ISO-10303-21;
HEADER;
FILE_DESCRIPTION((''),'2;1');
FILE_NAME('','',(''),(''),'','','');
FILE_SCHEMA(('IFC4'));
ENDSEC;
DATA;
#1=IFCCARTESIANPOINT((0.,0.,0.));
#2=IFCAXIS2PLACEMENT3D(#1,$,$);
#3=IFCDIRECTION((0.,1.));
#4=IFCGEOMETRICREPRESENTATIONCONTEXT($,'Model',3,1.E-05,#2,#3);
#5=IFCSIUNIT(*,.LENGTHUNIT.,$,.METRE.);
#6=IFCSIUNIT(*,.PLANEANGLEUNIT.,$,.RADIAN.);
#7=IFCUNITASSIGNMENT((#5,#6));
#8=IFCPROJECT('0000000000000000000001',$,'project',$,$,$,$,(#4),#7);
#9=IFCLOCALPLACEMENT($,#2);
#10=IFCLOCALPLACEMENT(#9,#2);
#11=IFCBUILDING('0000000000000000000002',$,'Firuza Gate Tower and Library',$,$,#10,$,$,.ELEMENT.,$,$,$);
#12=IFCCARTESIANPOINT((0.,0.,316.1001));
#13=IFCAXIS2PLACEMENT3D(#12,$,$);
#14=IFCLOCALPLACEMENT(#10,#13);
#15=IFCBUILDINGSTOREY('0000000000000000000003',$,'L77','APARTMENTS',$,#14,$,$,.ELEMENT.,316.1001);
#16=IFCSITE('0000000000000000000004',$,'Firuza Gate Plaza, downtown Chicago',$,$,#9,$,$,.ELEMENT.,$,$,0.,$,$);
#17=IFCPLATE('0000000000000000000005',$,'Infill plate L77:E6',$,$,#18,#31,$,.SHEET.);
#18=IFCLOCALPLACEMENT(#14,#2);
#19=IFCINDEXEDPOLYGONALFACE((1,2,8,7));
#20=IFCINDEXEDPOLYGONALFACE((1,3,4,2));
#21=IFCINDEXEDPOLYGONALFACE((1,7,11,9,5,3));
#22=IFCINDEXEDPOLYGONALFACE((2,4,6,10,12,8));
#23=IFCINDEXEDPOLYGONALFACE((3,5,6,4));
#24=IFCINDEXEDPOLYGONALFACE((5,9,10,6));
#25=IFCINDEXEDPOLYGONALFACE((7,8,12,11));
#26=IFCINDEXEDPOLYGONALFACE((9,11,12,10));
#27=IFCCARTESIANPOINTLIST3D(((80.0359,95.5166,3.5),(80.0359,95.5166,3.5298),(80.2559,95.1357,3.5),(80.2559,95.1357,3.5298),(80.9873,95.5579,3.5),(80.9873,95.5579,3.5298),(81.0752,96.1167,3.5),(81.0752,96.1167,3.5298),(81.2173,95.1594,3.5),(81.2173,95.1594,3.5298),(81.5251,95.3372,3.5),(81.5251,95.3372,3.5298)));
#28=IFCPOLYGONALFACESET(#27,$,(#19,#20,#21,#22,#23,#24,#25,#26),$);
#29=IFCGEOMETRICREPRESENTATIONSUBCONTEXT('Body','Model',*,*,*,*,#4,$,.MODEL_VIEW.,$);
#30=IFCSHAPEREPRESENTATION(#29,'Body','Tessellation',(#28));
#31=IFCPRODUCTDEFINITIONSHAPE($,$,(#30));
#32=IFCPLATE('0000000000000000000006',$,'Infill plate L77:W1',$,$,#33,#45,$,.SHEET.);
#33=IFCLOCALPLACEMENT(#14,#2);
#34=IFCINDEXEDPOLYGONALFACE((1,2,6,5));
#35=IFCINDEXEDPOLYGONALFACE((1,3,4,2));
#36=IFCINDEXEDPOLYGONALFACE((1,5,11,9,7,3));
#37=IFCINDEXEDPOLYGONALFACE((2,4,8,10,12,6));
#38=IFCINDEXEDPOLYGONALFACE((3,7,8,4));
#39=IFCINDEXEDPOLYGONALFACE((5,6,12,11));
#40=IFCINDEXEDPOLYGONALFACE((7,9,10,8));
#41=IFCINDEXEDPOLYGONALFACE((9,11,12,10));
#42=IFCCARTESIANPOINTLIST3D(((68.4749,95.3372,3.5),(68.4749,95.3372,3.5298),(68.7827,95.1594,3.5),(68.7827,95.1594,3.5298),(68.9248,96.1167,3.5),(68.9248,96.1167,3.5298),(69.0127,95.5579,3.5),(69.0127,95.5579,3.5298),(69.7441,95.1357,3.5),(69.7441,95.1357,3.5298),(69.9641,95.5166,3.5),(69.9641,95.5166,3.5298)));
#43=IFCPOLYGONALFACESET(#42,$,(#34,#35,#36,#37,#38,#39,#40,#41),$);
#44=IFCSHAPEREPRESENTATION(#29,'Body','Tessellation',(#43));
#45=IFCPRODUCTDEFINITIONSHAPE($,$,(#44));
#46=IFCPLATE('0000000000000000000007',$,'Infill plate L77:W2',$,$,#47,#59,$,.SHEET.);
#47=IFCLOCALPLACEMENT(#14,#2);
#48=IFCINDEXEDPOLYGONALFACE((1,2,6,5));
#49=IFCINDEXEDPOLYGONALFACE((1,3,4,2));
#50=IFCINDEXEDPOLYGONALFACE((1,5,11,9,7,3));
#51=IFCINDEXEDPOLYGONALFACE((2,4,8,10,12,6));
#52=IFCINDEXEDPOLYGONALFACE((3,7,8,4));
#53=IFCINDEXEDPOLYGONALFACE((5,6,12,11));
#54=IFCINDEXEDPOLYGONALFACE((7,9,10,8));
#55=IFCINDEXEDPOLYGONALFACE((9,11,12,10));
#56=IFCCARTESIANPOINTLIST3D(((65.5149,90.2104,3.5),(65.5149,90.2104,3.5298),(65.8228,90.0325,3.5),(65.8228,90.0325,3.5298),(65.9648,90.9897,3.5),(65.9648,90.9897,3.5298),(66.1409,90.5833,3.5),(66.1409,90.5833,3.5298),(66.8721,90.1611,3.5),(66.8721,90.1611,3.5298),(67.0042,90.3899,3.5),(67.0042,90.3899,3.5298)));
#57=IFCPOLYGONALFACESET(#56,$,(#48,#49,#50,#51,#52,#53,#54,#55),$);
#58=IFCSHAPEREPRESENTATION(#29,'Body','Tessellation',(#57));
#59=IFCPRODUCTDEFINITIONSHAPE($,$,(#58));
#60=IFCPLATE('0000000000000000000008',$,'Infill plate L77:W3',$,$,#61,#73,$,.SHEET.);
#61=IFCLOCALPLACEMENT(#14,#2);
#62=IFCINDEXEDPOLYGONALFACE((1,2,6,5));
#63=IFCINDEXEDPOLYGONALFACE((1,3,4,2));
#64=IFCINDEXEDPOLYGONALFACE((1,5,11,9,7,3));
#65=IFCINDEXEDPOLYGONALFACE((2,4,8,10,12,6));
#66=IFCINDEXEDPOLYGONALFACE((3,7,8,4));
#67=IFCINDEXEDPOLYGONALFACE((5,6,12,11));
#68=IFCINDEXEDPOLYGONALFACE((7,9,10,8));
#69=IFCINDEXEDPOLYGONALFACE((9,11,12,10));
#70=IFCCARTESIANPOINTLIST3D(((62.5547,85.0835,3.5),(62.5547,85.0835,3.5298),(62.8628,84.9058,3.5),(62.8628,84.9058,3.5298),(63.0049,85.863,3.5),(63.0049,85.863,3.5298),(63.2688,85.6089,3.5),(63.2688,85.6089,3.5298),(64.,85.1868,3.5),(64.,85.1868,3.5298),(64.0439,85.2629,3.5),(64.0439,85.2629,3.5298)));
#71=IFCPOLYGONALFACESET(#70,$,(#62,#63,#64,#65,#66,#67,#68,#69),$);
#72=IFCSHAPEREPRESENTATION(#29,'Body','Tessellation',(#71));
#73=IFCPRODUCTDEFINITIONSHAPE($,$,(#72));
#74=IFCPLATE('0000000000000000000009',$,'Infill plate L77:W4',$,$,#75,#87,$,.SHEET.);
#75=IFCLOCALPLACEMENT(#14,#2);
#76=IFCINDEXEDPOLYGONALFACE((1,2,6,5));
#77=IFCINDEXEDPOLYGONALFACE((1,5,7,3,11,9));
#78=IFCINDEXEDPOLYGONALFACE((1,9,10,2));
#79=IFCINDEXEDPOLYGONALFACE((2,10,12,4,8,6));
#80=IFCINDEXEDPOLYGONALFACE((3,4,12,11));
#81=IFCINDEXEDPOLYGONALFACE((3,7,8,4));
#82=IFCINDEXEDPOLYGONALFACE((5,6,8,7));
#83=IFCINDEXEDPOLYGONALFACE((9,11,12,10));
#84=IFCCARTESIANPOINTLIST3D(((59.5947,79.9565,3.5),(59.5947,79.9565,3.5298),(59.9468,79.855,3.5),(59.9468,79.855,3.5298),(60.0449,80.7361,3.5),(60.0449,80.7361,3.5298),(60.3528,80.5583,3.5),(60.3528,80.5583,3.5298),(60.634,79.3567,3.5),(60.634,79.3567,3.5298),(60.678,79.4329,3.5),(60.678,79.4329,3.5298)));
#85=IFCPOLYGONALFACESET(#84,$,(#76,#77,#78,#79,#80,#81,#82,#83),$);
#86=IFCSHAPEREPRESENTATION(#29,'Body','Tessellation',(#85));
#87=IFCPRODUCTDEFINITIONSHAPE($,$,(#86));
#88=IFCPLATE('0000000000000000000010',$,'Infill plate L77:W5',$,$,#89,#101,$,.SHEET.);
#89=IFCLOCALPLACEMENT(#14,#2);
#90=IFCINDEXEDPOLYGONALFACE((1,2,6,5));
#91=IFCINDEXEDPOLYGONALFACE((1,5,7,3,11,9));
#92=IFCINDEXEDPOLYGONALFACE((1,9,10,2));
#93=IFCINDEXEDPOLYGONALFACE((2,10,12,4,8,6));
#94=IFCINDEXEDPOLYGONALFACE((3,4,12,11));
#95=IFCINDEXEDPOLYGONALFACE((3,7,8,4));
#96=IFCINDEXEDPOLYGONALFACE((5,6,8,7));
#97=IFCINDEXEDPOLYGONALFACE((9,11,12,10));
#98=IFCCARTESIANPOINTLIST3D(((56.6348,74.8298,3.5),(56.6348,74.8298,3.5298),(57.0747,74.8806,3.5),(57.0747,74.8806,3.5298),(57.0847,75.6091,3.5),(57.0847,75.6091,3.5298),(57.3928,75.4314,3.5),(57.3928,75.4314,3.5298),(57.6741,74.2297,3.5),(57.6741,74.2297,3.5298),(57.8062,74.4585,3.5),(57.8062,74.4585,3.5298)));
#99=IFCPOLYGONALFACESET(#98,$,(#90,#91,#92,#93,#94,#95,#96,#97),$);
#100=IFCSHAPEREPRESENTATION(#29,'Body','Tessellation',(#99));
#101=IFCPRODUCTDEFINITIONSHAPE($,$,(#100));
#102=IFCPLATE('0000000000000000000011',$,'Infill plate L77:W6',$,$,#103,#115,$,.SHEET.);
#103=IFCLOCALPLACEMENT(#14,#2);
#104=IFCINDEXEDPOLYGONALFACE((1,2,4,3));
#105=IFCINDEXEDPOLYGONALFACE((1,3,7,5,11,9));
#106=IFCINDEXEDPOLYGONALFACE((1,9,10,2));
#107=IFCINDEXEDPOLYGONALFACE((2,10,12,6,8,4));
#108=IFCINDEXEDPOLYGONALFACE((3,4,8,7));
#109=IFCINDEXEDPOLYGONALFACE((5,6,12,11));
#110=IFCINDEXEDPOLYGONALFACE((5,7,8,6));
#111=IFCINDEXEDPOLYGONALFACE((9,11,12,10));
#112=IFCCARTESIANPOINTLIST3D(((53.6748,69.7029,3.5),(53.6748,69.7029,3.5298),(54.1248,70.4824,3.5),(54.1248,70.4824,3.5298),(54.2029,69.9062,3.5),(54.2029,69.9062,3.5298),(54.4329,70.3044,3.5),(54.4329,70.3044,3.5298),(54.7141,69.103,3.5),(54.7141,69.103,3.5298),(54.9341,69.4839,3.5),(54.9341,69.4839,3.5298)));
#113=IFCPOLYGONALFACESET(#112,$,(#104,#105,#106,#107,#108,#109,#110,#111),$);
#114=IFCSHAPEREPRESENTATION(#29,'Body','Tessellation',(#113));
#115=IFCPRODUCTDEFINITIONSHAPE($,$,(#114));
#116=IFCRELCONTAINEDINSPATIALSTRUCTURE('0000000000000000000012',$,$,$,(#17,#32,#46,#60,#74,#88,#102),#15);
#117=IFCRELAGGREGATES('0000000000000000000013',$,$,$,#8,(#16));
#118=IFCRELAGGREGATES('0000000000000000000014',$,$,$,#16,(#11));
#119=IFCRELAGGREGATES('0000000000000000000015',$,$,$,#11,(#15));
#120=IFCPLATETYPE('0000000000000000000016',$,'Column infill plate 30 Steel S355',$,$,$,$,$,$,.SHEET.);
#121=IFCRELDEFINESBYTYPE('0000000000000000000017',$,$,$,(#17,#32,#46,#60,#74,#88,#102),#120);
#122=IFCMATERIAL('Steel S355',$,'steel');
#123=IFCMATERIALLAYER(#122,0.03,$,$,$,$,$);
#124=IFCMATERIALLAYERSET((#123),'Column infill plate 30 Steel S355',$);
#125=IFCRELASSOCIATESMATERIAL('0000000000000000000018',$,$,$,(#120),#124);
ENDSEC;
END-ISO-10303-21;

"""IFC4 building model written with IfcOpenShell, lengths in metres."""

from ifc_helpers import new_model, si_unit, direction, frame, origin, place, context, subcontext, project, spatial, polyline, outline, extrude, material, layer, layer_set, type_object, element, save


model = new_model("IFC4")

# Units and contexts
model_context = context("Model", 3, precision=1e-05, world=origin(), true_north=direction((0.0, 1.0)))
body_context = subcontext(model_context, "Body", "Model", "MODEL_VIEW")
ifc_project = project(units=[si_unit("LENGTHUNIT", "METRE"), si_unit("PLANEANGLEUNIT", "RADIAN")], contexts=[model_context])

# Site, building, storey
site_placement = place(None, origin())
site = spatial("IfcSite", under=ifc_project, at=site_placement, Name="Firuza Gate Plaza, downtown Chicago", CompositionType="ELEMENT", RefElevation=0.0)
building_placement = place(site_placement, origin())
building = spatial("IfcBuilding", under=site, at=building_placement, Name="Firuza Gate Tower and Library", CompositionType="ELEMENT")
storey_placement = place(building_placement, frame((0.0, 0.0, 316.1001)))
storey = spatial("IfcBuildingStorey", under=building, at=storey_placement, Name="L77", Description="APARTMENTS", CompositionType="ELEMENT", Elevation=316.1001)

# Plates
ifc_material_1 = material(Name="Steel S355", Category="steel")
ifc_layer_1 = layer(ifc_material_1, 0.03)
ifc_layer_set_1 = layer_set([ifc_layer_1], Name="Column infill plate 30 Steel S355")
plate_type_1 = type_object("IfcPlateType", Name="Column infill plate 30 Steel S355", PredefinedType="SHEET", material=ifc_layer_set_1)
placement_1 = place(storey_placement, frame((0.0, 0.0, 3.5)))
element("IfcPlate", 1, at=placement_1, inside=storey, type_object=plate_type_1, Name="Infill plate L77:E6", PredefinedType="SHEET", context=body_context, shape_type="SweptSolid", body=[
    extrude(outline(polyline([(80.0359, 95.5166), (80.2559, 95.1357), (80.9873, 95.5579), (81.2173, 95.1594), (81.5251, 95.3372), (81.0752, 96.1167), (80.0359, 95.5166)])), origin(), (0.0, 0.0, 1.0), 0.0298),
])
element("IfcPlate", 2, at=placement_1, inside=storey, type_object=plate_type_1, Name="Infill plate L77:W1", PredefinedType="SHEET", context=body_context, shape_type="SweptSolid", body=[
    extrude(outline(polyline([(68.4749, 95.3372), (68.7827, 95.1594), (69.0127, 95.5579), (69.7441, 95.1357), (69.9641, 95.5166), (68.9248, 96.1167), (68.4749, 95.3372)])), origin(), (0.0, 0.0, 1.0), 0.0298),
])
element("IfcPlate", 3, at=placement_1, inside=storey, type_object=plate_type_1, Name="Infill plate L77:W2", PredefinedType="SHEET", context=body_context, shape_type="SweptSolid", body=[
    extrude(outline(polyline([(65.5149, 90.2104), (65.8228, 90.0325), (66.1409, 90.5833), (66.8721, 90.1611), (67.0042, 90.3899), (65.9648, 90.9897), (65.5149, 90.2104)])), origin(), (0.0, 0.0, 1.0), 0.0298),
])
element("IfcPlate", 4, at=placement_1, inside=storey, type_object=plate_type_1, Name="Infill plate L77:W3", PredefinedType="SHEET", context=body_context, shape_type="SweptSolid", body=[
    extrude(outline(polyline([(62.5547, 85.0835), (62.8628, 84.9058), (63.2688, 85.6089), (64.0, 85.1868), (64.0439, 85.2629), (63.0049, 85.863), (62.5547, 85.0835)])), origin(), (0.0, 0.0, 1.0), 0.0298),
])
element("IfcPlate", 5, at=placement_1, inside=storey, type_object=plate_type_1, Name="Infill plate L77:W4", PredefinedType="SHEET", context=body_context, shape_type="SweptSolid", body=[
    extrude(outline(polyline([(60.634, 79.3567), (60.678, 79.4329), (59.9468, 79.855), (60.3528, 80.5583), (60.0449, 80.7361), (59.5947, 79.9565), (60.634, 79.3567)])), origin(), (0.0, 0.0, 1.0), 0.0298),
])
element("IfcPlate", 6, at=placement_1, inside=storey, type_object=plate_type_1, Name="Infill plate L77:W5", PredefinedType="SHEET", context=body_context, shape_type="SweptSolid", body=[
    extrude(outline(polyline([(57.6741, 74.2297), (57.8062, 74.4585), (57.0747, 74.8806), (57.3928, 75.4314), (57.0847, 75.6091), (56.6348, 74.8298), (57.6741, 74.2297)])), origin(), (0.0, 0.0, 1.0), 0.0298),
])
element("IfcPlate", 7, at=placement_1, inside=storey, type_object=plate_type_1, Name="Infill plate L77:W6", PredefinedType="SHEET", context=body_context, shape_type="SweptSolid", body=[
    extrude(outline(polyline([(54.7141, 69.103), (54.9341, 69.4839), (54.2029, 69.9062), (54.4329, 70.3044), (54.1248, 70.4824), (53.6748, 69.7029), (54.7141, 69.103)])), origin(), (0.0, 0.0, 1.0), 0.0298),
])

save(model, "model.ifc")
